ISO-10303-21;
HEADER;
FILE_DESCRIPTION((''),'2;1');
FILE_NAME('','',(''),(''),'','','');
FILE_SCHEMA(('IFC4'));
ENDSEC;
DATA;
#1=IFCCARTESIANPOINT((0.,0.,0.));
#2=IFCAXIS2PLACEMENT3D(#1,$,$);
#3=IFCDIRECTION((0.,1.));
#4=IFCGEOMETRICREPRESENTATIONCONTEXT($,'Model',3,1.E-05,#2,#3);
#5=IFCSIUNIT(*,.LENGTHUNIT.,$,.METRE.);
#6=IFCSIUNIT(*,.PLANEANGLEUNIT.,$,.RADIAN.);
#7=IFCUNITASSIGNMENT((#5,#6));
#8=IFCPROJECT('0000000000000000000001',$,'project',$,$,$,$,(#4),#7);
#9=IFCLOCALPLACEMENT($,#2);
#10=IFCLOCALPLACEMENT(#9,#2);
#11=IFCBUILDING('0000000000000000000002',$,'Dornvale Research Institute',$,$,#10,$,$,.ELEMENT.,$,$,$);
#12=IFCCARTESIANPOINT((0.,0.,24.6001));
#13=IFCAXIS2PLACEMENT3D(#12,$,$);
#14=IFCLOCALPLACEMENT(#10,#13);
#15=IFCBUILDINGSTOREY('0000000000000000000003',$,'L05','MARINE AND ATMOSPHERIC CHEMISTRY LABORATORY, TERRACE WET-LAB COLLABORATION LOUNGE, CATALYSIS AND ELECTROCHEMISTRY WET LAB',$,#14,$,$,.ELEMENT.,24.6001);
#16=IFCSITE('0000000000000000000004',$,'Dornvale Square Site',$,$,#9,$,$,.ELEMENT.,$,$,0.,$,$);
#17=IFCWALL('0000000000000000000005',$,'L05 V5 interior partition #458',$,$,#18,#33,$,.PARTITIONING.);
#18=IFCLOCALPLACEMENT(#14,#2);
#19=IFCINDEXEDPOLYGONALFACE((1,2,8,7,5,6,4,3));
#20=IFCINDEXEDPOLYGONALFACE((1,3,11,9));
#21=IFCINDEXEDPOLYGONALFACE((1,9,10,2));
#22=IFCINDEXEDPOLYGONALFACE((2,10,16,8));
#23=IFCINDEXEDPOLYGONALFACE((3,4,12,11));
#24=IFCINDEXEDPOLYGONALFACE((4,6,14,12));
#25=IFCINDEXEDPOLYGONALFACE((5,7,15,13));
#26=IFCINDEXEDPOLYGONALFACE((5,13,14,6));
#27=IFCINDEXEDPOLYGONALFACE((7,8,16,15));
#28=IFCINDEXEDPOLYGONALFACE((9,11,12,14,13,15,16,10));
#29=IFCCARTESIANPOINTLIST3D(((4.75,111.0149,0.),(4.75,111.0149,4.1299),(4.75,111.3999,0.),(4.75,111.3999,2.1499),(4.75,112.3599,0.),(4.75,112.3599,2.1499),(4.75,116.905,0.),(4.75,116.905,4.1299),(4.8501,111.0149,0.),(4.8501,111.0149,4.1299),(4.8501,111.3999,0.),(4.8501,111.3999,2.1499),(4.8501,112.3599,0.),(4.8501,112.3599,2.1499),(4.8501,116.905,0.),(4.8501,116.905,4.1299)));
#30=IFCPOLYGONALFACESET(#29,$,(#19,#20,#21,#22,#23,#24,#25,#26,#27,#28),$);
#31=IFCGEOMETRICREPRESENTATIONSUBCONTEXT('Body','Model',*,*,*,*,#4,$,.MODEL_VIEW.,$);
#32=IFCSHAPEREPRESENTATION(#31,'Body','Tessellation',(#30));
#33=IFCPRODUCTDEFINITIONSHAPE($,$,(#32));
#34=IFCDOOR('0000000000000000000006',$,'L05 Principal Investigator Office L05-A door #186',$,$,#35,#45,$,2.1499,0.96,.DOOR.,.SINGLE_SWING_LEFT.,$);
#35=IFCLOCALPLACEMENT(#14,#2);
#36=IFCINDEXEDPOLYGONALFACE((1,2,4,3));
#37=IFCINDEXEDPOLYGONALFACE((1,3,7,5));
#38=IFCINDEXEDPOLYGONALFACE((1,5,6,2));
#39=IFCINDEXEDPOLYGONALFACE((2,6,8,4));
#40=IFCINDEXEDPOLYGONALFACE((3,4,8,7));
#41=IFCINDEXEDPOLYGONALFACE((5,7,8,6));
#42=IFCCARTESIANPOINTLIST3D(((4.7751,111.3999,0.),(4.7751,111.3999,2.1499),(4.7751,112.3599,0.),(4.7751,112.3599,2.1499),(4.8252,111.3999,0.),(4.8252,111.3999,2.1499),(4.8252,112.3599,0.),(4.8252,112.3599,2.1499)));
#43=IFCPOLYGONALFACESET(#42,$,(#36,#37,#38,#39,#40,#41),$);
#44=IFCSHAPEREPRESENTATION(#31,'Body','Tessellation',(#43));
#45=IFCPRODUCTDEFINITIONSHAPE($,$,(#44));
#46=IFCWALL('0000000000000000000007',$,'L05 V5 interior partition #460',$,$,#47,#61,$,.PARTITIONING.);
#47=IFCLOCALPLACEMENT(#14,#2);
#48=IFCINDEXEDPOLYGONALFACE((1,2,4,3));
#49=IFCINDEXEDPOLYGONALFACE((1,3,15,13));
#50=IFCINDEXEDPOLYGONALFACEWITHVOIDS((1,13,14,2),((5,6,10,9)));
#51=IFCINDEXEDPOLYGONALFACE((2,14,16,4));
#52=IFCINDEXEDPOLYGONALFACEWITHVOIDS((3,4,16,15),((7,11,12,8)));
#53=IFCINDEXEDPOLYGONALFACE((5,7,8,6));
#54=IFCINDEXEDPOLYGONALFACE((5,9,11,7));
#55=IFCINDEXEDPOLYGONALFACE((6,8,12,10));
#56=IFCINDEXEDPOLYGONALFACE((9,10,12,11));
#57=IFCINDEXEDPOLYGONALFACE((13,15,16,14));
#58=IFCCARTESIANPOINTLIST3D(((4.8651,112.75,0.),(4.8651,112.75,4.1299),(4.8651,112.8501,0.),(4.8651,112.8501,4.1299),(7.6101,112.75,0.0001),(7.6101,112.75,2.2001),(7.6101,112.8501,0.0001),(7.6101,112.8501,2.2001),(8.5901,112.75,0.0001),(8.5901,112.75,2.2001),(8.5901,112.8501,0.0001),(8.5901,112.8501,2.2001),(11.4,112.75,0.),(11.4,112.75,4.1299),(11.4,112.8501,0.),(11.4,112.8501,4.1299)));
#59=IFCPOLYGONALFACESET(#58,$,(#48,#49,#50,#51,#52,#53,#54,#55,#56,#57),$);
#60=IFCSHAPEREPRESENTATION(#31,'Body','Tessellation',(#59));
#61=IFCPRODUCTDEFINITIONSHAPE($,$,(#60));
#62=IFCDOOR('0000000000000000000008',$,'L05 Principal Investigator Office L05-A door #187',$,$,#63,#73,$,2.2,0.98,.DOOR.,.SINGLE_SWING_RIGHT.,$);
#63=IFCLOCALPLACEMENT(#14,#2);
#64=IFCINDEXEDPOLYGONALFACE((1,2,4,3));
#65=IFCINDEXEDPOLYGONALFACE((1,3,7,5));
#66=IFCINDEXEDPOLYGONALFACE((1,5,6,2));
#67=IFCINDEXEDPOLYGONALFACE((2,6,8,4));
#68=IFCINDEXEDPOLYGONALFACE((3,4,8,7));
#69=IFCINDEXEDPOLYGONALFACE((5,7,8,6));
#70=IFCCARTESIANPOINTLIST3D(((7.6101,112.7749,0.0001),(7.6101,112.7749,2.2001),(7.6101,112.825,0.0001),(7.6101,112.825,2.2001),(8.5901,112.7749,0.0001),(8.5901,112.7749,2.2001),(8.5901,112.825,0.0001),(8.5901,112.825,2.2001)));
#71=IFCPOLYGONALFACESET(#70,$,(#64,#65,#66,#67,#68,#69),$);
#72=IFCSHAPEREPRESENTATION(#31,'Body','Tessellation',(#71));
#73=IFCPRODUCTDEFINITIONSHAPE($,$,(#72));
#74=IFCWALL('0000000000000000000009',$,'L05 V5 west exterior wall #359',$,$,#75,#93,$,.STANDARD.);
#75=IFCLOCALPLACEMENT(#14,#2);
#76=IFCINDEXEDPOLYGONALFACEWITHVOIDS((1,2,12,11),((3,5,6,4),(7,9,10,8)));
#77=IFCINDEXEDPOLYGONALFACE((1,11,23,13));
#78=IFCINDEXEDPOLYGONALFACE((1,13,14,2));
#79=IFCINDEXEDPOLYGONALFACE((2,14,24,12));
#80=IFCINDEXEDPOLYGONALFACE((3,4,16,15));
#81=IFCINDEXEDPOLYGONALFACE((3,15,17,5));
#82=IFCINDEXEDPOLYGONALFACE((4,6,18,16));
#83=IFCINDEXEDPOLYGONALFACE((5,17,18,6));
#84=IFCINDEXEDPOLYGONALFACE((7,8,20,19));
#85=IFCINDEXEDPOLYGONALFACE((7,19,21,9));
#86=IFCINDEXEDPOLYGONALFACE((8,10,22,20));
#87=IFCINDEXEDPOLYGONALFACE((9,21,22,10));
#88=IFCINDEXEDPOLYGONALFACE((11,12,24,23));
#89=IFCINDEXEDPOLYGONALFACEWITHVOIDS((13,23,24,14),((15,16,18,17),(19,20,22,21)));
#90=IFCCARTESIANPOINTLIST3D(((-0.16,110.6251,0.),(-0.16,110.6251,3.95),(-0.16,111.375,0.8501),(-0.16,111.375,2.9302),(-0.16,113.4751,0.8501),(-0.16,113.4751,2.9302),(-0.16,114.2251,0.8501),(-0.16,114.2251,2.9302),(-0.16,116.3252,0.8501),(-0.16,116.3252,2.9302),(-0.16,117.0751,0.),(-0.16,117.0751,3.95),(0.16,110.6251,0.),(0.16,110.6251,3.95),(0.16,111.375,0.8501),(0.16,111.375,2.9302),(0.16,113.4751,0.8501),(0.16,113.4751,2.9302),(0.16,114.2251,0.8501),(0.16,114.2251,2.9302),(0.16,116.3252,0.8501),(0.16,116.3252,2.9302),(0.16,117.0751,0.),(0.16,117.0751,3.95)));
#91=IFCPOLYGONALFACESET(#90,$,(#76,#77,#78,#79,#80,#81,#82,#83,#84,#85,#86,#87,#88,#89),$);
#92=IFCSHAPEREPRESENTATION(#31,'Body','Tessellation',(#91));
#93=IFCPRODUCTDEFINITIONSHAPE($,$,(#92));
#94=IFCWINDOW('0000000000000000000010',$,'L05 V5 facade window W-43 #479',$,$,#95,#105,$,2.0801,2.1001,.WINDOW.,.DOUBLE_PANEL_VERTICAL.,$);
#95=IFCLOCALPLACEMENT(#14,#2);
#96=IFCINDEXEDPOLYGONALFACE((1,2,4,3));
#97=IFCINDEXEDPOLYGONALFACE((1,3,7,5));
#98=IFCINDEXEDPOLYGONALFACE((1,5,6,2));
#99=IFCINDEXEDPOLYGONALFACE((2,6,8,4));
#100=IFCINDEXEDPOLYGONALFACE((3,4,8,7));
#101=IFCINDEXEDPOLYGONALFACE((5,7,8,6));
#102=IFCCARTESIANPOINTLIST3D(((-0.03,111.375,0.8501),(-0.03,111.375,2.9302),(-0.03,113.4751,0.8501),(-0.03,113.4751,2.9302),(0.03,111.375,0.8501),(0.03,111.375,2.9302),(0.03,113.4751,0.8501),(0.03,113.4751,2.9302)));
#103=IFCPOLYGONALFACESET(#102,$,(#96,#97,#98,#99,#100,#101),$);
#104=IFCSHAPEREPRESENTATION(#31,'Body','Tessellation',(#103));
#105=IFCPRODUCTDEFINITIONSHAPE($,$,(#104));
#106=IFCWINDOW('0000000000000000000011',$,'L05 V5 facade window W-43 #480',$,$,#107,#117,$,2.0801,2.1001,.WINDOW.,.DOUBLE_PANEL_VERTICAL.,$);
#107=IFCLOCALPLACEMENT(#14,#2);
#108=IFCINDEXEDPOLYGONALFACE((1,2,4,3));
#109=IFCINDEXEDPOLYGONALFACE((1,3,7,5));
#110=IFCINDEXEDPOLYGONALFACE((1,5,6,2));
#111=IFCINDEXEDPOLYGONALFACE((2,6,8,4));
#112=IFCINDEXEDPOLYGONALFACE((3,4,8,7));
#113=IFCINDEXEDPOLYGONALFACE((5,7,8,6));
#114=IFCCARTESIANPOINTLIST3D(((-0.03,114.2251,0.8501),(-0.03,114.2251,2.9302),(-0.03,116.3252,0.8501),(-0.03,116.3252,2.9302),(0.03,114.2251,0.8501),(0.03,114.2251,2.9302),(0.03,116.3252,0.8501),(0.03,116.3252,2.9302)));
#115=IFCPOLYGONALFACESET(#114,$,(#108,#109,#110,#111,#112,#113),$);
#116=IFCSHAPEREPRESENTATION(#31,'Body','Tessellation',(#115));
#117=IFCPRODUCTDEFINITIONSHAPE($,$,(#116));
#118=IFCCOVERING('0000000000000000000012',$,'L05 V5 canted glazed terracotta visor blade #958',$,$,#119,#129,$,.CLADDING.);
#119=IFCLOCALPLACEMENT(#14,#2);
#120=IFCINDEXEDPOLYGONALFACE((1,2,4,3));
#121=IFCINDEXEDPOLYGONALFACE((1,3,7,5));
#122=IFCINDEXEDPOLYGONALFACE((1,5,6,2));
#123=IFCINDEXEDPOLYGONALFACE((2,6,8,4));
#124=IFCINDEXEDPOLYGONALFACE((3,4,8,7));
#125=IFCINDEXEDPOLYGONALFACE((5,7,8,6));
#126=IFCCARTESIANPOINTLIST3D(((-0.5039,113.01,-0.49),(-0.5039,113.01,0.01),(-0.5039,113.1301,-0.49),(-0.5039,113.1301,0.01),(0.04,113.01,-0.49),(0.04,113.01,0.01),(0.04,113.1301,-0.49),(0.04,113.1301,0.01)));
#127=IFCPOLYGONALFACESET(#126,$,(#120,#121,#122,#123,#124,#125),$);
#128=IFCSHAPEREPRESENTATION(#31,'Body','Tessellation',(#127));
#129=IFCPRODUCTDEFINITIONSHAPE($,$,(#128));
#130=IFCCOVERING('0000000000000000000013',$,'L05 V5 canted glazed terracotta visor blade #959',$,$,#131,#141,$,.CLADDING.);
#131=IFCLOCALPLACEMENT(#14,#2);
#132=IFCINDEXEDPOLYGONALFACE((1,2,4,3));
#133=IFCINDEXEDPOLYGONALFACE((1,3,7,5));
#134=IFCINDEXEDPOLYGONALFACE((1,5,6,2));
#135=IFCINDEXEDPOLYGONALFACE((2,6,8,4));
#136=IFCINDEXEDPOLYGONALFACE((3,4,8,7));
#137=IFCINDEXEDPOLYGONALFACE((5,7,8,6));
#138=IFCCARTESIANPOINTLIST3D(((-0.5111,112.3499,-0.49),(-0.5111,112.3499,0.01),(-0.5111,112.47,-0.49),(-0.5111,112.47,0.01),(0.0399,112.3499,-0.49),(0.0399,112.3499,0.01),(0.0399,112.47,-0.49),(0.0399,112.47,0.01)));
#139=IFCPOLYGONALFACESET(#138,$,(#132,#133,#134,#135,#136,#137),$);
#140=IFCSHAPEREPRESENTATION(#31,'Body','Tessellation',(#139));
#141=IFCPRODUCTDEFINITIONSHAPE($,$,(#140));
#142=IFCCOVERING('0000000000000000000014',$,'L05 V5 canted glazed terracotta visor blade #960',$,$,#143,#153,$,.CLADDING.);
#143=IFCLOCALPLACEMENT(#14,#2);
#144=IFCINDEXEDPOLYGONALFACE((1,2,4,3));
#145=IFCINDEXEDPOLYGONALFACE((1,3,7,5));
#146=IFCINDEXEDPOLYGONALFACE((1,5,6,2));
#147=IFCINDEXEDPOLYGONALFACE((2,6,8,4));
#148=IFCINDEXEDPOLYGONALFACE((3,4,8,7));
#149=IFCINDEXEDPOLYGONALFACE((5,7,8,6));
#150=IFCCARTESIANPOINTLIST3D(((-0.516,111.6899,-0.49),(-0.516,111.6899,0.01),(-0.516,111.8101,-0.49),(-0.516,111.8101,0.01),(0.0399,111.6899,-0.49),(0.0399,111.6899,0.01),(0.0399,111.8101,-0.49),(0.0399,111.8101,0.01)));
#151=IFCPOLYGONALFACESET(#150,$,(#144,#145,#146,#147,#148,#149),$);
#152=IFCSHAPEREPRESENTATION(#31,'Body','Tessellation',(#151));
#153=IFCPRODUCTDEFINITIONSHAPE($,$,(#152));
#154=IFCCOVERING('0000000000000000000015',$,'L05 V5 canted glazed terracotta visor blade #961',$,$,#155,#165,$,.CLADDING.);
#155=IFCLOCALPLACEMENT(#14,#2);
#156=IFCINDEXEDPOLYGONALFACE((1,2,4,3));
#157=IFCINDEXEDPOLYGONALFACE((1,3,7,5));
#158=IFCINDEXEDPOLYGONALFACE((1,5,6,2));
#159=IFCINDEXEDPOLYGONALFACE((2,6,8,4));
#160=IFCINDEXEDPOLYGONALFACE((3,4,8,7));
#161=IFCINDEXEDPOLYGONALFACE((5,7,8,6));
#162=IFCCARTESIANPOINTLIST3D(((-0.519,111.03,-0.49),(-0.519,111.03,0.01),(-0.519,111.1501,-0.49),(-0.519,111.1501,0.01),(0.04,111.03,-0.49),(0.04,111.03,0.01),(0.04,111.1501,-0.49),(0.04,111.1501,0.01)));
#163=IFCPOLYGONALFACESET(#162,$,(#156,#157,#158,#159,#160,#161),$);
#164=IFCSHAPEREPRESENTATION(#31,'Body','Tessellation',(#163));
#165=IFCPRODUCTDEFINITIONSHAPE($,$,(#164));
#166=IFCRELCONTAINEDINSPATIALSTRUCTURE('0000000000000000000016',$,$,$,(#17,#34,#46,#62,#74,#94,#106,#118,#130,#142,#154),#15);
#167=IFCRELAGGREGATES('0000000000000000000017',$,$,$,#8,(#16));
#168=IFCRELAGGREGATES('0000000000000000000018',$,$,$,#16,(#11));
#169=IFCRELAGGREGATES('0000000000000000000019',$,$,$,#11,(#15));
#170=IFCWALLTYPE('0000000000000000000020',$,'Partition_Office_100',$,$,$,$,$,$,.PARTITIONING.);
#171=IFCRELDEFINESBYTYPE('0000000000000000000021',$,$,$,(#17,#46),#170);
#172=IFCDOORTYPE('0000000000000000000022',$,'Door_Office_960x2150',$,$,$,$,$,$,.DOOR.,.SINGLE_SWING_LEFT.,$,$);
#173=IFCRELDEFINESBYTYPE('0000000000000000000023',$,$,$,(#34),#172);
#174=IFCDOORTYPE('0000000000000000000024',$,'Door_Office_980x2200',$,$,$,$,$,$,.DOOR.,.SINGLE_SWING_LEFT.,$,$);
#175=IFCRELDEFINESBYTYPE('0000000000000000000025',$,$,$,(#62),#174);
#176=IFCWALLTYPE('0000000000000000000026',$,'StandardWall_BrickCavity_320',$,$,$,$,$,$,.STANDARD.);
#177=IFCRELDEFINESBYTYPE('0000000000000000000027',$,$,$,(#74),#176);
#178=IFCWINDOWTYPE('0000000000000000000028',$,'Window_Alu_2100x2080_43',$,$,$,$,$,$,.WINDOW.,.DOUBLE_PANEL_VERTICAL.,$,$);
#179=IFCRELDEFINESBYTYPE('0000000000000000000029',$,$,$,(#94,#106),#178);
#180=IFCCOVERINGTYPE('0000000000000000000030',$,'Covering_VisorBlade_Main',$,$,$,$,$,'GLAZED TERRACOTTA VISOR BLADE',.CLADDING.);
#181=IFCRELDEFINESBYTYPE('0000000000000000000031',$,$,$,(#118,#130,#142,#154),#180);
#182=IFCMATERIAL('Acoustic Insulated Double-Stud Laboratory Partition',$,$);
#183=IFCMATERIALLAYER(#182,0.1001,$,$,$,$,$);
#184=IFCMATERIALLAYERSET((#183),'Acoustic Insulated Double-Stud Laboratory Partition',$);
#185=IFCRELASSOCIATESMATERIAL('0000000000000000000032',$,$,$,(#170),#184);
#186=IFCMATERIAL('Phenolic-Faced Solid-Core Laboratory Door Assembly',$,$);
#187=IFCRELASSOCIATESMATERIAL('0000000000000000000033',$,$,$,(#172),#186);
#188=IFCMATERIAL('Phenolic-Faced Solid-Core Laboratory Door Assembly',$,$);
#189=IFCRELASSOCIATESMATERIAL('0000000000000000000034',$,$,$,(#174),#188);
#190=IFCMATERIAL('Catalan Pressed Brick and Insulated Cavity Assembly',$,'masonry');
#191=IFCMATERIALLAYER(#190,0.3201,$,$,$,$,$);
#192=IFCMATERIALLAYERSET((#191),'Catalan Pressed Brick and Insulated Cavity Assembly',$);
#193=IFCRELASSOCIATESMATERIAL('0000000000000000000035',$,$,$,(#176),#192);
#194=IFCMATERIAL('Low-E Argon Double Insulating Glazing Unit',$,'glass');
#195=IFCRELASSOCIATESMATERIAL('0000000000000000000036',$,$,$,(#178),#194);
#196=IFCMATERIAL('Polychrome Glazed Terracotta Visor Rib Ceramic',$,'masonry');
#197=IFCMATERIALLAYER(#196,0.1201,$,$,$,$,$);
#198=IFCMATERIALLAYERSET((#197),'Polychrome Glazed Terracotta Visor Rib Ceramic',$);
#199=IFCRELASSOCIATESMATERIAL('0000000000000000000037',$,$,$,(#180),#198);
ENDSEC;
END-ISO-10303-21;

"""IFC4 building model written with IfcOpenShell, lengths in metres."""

from ifc_helpers import new_model, si_unit, direction, frame, frame_2d, origin, origin_2d, place, context, subcontext, project, spatial, rectangle, extrude, material, layer, layer_set, type_object, element, fill, save


model = new_model("IFC4")

# Units and contexts
model_context = context("Model", 3, precision=1e-05, world=origin(), true_north=direction((0.0, 1.0)))
body_context = subcontext(model_context, "Body", "Model", "MODEL_VIEW")
ifc_project = project(units=[si_unit("LENGTHUNIT", "METRE"), si_unit("PLANEANGLEUNIT", "RADIAN")], contexts=[model_context])

# Site, building, storey
site_placement = place(None, origin())
site = spatial("IfcSite", under=ifc_project, at=site_placement, Name="Dornvale Square Site", CompositionType="ELEMENT", RefElevation=0.0)
building_placement = place(site_placement, origin())
building = spatial("IfcBuilding", under=site, at=building_placement, Name="Dornvale Research Institute", CompositionType="ELEMENT")
storey_placement = place(building_placement, frame((0.0, 0.0, 24.6001)))
storey = spatial("IfcBuildingStorey", under=building, at=storey_placement, Name="L05", Description="MARINE AND ATMOSPHERIC CHEMISTRY LABORATORY, TERRACE WET-LAB COLLABORATION LOUNGE, CATALYSIS AND ELECTROCHEMISTRY WET LAB", CompositionType="ELEMENT", Elevation=24.6001)

# Shared definitions
ifc_material_1 = material(Name="Acoustic Insulated Double-Stud Laboratory Partition")
ifc_layer_1 = layer(ifc_material_1, 0.1001)
ifc_layer_set_1 = layer_set([ifc_layer_1], Name="Acoustic Insulated Double-Stud Laboratory Partition")
wall_type_1 = type_object("IfcWallType", Name="Partition_Office_100", PredefinedType="PARTITIONING", material=ifc_layer_set_1)

# Walls, openings, doors
wall_1_placement = place(storey_placement, frame((4.8, 111.0149, 0.0), z_axis=(0.0, 0.0, 1.0), x_axis=(0.0, 1.0, 0.0)))
wall_1 = element("IfcWall", 1, at=wall_1_placement, inside=storey, type_object=wall_type_1, Name="L05 V5 interior partition #458", PredefinedType="PARTITIONING", context=body_context, shape_type="SweptSolid", body=[
    extrude(rectangle(XDim=5.8901, YDim=0.1001, at=frame_2d((2.9451, 0.0))), origin(), (0.0, 0.0, 1.0), 4.1299),
])
opening_1_placement = place(wall_1_placement, frame((0.385, 0.0, 0.0)))
opening_1 = element("IfcOpeningElement", 2, at=opening_1_placement, cuts=wall_1, PredefinedType="OPENING", context=body_context, shape_type="SweptSolid", body=[
    extrude(rectangle(XDim=0.96, YDim=2.1499, at=frame_2d((0.48, 1.075))), frame((0.0, 0.0649, 0.0), z_axis=(0.0, -1.0, 0.0), x_axis=(1.0, 0.0, 0.0)), (0.0, 0.0, 1.0), 0.1301),
])
ifc_material_2 = material(Name="Phenolic-Faced Solid-Core Laboratory Door Assembly")
door_type_1 = type_object("IfcDoorType", Name="Door_Office_960x2150", OperationType="SINGLE_SWING_LEFT", PredefinedType="DOOR", material=ifc_material_2)
door_1_placement = place(opening_1_placement, origin())
door_1 = element("IfcDoor", 3, at=door_1_placement, inside=storey, type_object=door_type_1, Name="L05 Principal Investigator Office L05-A door #186", OperationType="SINGLE_SWING_LEFT", OverallHeight=2.1499, OverallWidth=0.96, PredefinedType="DOOR", context=body_context, shape_type="SweptSolid", body=[
    extrude(rectangle(XDim=0.96, YDim=2.1499, at=frame_2d((0.48, 1.075))), frame((0.0, 0.0249, 0.0), z_axis=(0.0, -1.0, 0.0), x_axis=(1.0, 0.0, 0.0)), (0.0, 0.0, 1.0), 0.05),
])
fill(opening_1, door_1)
wall_2_placement = place(storey_placement, frame((4.865, 112.8, 0.0), z_axis=(0.0, 0.0, 1.0), x_axis=(1.0, 0.0, 0.0)))
wall_2 = element("IfcWall", 4, at=wall_2_placement, inside=storey, type_object=wall_type_1, Name="L05 V5 interior partition #460", PredefinedType="PARTITIONING", context=body_context, shape_type="SweptSolid", body=[
    extrude(rectangle(XDim=6.5349, YDim=0.1001, at=frame_2d((3.2676, 0.0))), origin(), (0.0, 0.0, 1.0), 4.1299),
])
opening_2_placement = place(wall_2_placement, frame((2.7451, 0.0, 0.0)))
opening_2 = element("IfcOpeningElement", 5, at=opening_2_placement, cuts=wall_2, PredefinedType="OPENING", context=body_context, shape_type="SweptSolid", body=[
    extrude(rectangle(XDim=0.98, YDim=2.2, at=frame_2d((0.49, 1.1001))), frame((0.0, 0.0649, 0.0), z_axis=(0.0, -1.0, 0.0), x_axis=(1.0, 0.0, 0.0)), (0.0, 0.0, 1.0), 0.1301),
])
ifc_material_3 = material(Name="Phenolic-Faced Solid-Core Laboratory Door Assembly")
door_type_2 = type_object("IfcDoorType", Name="Door_Office_980x2200", OperationType="SINGLE_SWING_LEFT", PredefinedType="DOOR", material=ifc_material_3)
door_2_placement = place(opening_2_placement, origin())
door_2 = element("IfcDoor", 6, at=door_2_placement, inside=storey, type_object=door_type_2, Name="L05 Principal Investigator Office L05-A door #187", OperationType="SINGLE_SWING_RIGHT", OverallHeight=2.2, OverallWidth=0.98, PredefinedType="DOOR", context=body_context, shape_type="SweptSolid", body=[
    extrude(rectangle(XDim=0.98, YDim=2.2, at=frame_2d((0.49, 1.1001))), frame((0.0, 0.0249, 0.0), z_axis=(0.0, -1.0, 0.0), x_axis=(1.0, 0.0, 0.0)), (0.0, 0.0, 1.0), 0.05),
])
fill(opening_2, door_2)

# Wall, openings, windows
ifc_material_4 = material(Name="Catalan Pressed Brick and Insulated Cavity Assembly", Category="masonry")
ifc_layer_2 = layer(ifc_material_4, 0.3201)
ifc_layer_set_2 = layer_set([ifc_layer_2], Name="Catalan Pressed Brick and Insulated Cavity Assembly")
wall_type_2 = type_object("IfcWallType", Name="StandardWall_BrickCavity_320", PredefinedType="STANDARD", material=ifc_layer_set_2)
wall_3_placement = place(storey_placement, frame((0.0, 110.625, 0.0), z_axis=(0.0, 0.0, 1.0), x_axis=(0.0, 1.0, 0.0)))
wall_3 = element("IfcWall", 7, at=wall_3_placement, inside=storey, type_object=wall_type_2, Name="L05 V5 west exterior wall #359", PredefinedType="STANDARD", context=body_context, shape_type="SweptSolid", body=[
    extrude(rectangle(XDim=6.45, YDim=0.3201, at=frame_2d((3.2251, 0.0))), origin(), (0.0, 0.0, 1.0), 3.95),
])
opening_3_placement = place(wall_3_placement, frame((0.75, 0.0, 0.8501)))
opening_3 = element("IfcOpeningElement", 8, at=opening_3_placement, cuts=wall_3, PredefinedType="OPENING", context=body_context, shape_type="SweptSolid", body=[
    extrude(rectangle(XDim=2.1001, YDim=2.0801, at=frame_2d((1.05, 1.04))), frame((0.0, 0.175, 0.0), z_axis=(0.0, -1.0, 0.0), x_axis=(1.0, 0.0, 0.0)), (0.0, 0.0, 1.0), 0.3501),
])
opening_4_placement = place(wall_3_placement, frame((3.6001, 0.0, 0.8501)))
opening_4 = element("IfcOpeningElement", 9, at=opening_4_placement, cuts=wall_3, PredefinedType="OPENING", context=body_context, shape_type="SweptSolid", body=[
    extrude(rectangle(XDim=2.1001, YDim=2.0801, at=frame_2d((1.05, 1.04))), frame((0.0, 0.175, 0.0), z_axis=(0.0, -1.0, 0.0), x_axis=(1.0, 0.0, 0.0)), (0.0, 0.0, 1.0), 0.3501),
])
ifc_material_5 = material(Name="Low-E Argon Double Insulating Glazing Unit", Category="glass")
window_type = type_object("IfcWindowType", Name="Window_Alu_2100x2080_43", PartitioningType="DOUBLE_PANEL_VERTICAL", PredefinedType="WINDOW", material=ifc_material_5)
window_1_placement = place(opening_3_placement, origin())
window_1 = element("IfcWindow", 10, at=window_1_placement, inside=storey, type_object=window_type, Name="L05 V5 facade window W-43 #479", OverallHeight=2.0801, OverallWidth=2.1001, PartitioningType="DOUBLE_PANEL_VERTICAL", PredefinedType="WINDOW", context=body_context, shape_type="SweptSolid", body=[
    extrude(rectangle(XDim=2.1001, YDim=2.0801, at=frame_2d((1.05, 1.04))), frame((0.0, 0.03, 0.0), z_axis=(0.0, -1.0, 0.0), x_axis=(1.0, 0.0, 0.0)), (0.0, 0.0, 1.0), 0.0601),
])
fill(opening_3, window_1)
window_2_placement = place(opening_4_placement, origin())
window_2 = element("IfcWindow", 11, at=window_2_placement, inside=storey, type_object=window_type, Name="L05 V5 facade window W-43 #480", OverallHeight=2.0801, OverallWidth=2.1001, PartitioningType="DOUBLE_PANEL_VERTICAL", PredefinedType="WINDOW", context=body_context, shape_type="SweptSolid", body=[
    extrude(rectangle(XDim=2.1001, YDim=2.0801, at=frame_2d((1.05, 1.04))), frame((0.0, 0.03, 0.0), z_axis=(0.0, -1.0, 0.0), x_axis=(1.0, 0.0, 0.0)), (0.0, 0.0, 1.0), 0.0601),
])
fill(opening_4, window_2)

# Coverings
ifc_material_6 = material(Name="Polychrome Glazed Terracotta Visor Rib Ceramic", Category="masonry")
ifc_layer_3 = layer(ifc_material_6, 0.1201)
ifc_layer_set_3 = layer_set([ifc_layer_3], Name="Polychrome Glazed Terracotta Visor Rib Ceramic")
covering_type = type_object("IfcCoveringType", Name="Covering_VisorBlade_Main", ElementType="GLAZED TERRACOTTA VISOR BLADE", PredefinedType="CLADDING", material=ifc_layer_set_3)
covering_1_placement = place(storey_placement, frame((-0.2319, 113.0701, -0.49), z_axis=(0.0, 0.0, 1.0), x_axis=(1.0, 0.0, 0.0)))
element("IfcCovering", 12, at=covering_1_placement, inside=storey, type_object=covering_type, Name="L05 V5 canted glazed terracotta visor blade #958", PredefinedType="CLADDING", context=body_context, shape_type="SweptSolid", body=[
    extrude(rectangle(XDim=0.5439, YDim=0.1201, at=origin_2d()), origin(), (0.0, 0.0, 1.0), 0.5),
])
covering_2_placement = place(storey_placement, frame((-0.2356, 112.4099, -0.49), z_axis=(0.0, 0.0, 1.0), x_axis=(1.0, 0.0, 0.0)))
element("IfcCovering", 13, at=covering_2_placement, inside=storey, type_object=covering_type, Name="L05 V5 canted glazed terracotta visor blade #959", PredefinedType="CLADDING", context=body_context, shape_type="SweptSolid", body=[
    extrude(rectangle(XDim=0.551, YDim=0.1201, at=origin_2d()), origin(), (0.0, 0.0, 1.0), 0.5),
])
covering_3_placement = place(storey_placement, frame((-0.238, 111.75, -0.49), z_axis=(0.0, 0.0, 1.0), x_axis=(1.0, 0.0, 0.0)))
element("IfcCovering", 14, at=covering_3_placement, inside=storey, type_object=covering_type, Name="L05 V5 canted glazed terracotta visor blade #960", PredefinedType="CLADDING", context=body_context, shape_type="SweptSolid", body=[
    extrude(rectangle(XDim=0.5559, YDim=0.1201, at=origin_2d()), origin(), (0.0, 0.0, 1.0), 0.5),
])
covering_4_placement = place(storey_placement, frame((-0.2395, 111.0901, -0.49), z_axis=(0.0, 0.0, 1.0), x_axis=(1.0, 0.0, 0.0)))
element("IfcCovering", 15, at=covering_4_placement, inside=storey, type_object=covering_type, Name="L05 V5 canted glazed terracotta visor blade #961", PredefinedType="CLADDING", context=body_context, shape_type="SweptSolid", body=[
    extrude(rectangle(XDim=0.5591, YDim=0.1201, at=origin_2d()), origin(), (0.0, 0.0, 1.0), 0.5),
])

save(model, "model.ifc")
